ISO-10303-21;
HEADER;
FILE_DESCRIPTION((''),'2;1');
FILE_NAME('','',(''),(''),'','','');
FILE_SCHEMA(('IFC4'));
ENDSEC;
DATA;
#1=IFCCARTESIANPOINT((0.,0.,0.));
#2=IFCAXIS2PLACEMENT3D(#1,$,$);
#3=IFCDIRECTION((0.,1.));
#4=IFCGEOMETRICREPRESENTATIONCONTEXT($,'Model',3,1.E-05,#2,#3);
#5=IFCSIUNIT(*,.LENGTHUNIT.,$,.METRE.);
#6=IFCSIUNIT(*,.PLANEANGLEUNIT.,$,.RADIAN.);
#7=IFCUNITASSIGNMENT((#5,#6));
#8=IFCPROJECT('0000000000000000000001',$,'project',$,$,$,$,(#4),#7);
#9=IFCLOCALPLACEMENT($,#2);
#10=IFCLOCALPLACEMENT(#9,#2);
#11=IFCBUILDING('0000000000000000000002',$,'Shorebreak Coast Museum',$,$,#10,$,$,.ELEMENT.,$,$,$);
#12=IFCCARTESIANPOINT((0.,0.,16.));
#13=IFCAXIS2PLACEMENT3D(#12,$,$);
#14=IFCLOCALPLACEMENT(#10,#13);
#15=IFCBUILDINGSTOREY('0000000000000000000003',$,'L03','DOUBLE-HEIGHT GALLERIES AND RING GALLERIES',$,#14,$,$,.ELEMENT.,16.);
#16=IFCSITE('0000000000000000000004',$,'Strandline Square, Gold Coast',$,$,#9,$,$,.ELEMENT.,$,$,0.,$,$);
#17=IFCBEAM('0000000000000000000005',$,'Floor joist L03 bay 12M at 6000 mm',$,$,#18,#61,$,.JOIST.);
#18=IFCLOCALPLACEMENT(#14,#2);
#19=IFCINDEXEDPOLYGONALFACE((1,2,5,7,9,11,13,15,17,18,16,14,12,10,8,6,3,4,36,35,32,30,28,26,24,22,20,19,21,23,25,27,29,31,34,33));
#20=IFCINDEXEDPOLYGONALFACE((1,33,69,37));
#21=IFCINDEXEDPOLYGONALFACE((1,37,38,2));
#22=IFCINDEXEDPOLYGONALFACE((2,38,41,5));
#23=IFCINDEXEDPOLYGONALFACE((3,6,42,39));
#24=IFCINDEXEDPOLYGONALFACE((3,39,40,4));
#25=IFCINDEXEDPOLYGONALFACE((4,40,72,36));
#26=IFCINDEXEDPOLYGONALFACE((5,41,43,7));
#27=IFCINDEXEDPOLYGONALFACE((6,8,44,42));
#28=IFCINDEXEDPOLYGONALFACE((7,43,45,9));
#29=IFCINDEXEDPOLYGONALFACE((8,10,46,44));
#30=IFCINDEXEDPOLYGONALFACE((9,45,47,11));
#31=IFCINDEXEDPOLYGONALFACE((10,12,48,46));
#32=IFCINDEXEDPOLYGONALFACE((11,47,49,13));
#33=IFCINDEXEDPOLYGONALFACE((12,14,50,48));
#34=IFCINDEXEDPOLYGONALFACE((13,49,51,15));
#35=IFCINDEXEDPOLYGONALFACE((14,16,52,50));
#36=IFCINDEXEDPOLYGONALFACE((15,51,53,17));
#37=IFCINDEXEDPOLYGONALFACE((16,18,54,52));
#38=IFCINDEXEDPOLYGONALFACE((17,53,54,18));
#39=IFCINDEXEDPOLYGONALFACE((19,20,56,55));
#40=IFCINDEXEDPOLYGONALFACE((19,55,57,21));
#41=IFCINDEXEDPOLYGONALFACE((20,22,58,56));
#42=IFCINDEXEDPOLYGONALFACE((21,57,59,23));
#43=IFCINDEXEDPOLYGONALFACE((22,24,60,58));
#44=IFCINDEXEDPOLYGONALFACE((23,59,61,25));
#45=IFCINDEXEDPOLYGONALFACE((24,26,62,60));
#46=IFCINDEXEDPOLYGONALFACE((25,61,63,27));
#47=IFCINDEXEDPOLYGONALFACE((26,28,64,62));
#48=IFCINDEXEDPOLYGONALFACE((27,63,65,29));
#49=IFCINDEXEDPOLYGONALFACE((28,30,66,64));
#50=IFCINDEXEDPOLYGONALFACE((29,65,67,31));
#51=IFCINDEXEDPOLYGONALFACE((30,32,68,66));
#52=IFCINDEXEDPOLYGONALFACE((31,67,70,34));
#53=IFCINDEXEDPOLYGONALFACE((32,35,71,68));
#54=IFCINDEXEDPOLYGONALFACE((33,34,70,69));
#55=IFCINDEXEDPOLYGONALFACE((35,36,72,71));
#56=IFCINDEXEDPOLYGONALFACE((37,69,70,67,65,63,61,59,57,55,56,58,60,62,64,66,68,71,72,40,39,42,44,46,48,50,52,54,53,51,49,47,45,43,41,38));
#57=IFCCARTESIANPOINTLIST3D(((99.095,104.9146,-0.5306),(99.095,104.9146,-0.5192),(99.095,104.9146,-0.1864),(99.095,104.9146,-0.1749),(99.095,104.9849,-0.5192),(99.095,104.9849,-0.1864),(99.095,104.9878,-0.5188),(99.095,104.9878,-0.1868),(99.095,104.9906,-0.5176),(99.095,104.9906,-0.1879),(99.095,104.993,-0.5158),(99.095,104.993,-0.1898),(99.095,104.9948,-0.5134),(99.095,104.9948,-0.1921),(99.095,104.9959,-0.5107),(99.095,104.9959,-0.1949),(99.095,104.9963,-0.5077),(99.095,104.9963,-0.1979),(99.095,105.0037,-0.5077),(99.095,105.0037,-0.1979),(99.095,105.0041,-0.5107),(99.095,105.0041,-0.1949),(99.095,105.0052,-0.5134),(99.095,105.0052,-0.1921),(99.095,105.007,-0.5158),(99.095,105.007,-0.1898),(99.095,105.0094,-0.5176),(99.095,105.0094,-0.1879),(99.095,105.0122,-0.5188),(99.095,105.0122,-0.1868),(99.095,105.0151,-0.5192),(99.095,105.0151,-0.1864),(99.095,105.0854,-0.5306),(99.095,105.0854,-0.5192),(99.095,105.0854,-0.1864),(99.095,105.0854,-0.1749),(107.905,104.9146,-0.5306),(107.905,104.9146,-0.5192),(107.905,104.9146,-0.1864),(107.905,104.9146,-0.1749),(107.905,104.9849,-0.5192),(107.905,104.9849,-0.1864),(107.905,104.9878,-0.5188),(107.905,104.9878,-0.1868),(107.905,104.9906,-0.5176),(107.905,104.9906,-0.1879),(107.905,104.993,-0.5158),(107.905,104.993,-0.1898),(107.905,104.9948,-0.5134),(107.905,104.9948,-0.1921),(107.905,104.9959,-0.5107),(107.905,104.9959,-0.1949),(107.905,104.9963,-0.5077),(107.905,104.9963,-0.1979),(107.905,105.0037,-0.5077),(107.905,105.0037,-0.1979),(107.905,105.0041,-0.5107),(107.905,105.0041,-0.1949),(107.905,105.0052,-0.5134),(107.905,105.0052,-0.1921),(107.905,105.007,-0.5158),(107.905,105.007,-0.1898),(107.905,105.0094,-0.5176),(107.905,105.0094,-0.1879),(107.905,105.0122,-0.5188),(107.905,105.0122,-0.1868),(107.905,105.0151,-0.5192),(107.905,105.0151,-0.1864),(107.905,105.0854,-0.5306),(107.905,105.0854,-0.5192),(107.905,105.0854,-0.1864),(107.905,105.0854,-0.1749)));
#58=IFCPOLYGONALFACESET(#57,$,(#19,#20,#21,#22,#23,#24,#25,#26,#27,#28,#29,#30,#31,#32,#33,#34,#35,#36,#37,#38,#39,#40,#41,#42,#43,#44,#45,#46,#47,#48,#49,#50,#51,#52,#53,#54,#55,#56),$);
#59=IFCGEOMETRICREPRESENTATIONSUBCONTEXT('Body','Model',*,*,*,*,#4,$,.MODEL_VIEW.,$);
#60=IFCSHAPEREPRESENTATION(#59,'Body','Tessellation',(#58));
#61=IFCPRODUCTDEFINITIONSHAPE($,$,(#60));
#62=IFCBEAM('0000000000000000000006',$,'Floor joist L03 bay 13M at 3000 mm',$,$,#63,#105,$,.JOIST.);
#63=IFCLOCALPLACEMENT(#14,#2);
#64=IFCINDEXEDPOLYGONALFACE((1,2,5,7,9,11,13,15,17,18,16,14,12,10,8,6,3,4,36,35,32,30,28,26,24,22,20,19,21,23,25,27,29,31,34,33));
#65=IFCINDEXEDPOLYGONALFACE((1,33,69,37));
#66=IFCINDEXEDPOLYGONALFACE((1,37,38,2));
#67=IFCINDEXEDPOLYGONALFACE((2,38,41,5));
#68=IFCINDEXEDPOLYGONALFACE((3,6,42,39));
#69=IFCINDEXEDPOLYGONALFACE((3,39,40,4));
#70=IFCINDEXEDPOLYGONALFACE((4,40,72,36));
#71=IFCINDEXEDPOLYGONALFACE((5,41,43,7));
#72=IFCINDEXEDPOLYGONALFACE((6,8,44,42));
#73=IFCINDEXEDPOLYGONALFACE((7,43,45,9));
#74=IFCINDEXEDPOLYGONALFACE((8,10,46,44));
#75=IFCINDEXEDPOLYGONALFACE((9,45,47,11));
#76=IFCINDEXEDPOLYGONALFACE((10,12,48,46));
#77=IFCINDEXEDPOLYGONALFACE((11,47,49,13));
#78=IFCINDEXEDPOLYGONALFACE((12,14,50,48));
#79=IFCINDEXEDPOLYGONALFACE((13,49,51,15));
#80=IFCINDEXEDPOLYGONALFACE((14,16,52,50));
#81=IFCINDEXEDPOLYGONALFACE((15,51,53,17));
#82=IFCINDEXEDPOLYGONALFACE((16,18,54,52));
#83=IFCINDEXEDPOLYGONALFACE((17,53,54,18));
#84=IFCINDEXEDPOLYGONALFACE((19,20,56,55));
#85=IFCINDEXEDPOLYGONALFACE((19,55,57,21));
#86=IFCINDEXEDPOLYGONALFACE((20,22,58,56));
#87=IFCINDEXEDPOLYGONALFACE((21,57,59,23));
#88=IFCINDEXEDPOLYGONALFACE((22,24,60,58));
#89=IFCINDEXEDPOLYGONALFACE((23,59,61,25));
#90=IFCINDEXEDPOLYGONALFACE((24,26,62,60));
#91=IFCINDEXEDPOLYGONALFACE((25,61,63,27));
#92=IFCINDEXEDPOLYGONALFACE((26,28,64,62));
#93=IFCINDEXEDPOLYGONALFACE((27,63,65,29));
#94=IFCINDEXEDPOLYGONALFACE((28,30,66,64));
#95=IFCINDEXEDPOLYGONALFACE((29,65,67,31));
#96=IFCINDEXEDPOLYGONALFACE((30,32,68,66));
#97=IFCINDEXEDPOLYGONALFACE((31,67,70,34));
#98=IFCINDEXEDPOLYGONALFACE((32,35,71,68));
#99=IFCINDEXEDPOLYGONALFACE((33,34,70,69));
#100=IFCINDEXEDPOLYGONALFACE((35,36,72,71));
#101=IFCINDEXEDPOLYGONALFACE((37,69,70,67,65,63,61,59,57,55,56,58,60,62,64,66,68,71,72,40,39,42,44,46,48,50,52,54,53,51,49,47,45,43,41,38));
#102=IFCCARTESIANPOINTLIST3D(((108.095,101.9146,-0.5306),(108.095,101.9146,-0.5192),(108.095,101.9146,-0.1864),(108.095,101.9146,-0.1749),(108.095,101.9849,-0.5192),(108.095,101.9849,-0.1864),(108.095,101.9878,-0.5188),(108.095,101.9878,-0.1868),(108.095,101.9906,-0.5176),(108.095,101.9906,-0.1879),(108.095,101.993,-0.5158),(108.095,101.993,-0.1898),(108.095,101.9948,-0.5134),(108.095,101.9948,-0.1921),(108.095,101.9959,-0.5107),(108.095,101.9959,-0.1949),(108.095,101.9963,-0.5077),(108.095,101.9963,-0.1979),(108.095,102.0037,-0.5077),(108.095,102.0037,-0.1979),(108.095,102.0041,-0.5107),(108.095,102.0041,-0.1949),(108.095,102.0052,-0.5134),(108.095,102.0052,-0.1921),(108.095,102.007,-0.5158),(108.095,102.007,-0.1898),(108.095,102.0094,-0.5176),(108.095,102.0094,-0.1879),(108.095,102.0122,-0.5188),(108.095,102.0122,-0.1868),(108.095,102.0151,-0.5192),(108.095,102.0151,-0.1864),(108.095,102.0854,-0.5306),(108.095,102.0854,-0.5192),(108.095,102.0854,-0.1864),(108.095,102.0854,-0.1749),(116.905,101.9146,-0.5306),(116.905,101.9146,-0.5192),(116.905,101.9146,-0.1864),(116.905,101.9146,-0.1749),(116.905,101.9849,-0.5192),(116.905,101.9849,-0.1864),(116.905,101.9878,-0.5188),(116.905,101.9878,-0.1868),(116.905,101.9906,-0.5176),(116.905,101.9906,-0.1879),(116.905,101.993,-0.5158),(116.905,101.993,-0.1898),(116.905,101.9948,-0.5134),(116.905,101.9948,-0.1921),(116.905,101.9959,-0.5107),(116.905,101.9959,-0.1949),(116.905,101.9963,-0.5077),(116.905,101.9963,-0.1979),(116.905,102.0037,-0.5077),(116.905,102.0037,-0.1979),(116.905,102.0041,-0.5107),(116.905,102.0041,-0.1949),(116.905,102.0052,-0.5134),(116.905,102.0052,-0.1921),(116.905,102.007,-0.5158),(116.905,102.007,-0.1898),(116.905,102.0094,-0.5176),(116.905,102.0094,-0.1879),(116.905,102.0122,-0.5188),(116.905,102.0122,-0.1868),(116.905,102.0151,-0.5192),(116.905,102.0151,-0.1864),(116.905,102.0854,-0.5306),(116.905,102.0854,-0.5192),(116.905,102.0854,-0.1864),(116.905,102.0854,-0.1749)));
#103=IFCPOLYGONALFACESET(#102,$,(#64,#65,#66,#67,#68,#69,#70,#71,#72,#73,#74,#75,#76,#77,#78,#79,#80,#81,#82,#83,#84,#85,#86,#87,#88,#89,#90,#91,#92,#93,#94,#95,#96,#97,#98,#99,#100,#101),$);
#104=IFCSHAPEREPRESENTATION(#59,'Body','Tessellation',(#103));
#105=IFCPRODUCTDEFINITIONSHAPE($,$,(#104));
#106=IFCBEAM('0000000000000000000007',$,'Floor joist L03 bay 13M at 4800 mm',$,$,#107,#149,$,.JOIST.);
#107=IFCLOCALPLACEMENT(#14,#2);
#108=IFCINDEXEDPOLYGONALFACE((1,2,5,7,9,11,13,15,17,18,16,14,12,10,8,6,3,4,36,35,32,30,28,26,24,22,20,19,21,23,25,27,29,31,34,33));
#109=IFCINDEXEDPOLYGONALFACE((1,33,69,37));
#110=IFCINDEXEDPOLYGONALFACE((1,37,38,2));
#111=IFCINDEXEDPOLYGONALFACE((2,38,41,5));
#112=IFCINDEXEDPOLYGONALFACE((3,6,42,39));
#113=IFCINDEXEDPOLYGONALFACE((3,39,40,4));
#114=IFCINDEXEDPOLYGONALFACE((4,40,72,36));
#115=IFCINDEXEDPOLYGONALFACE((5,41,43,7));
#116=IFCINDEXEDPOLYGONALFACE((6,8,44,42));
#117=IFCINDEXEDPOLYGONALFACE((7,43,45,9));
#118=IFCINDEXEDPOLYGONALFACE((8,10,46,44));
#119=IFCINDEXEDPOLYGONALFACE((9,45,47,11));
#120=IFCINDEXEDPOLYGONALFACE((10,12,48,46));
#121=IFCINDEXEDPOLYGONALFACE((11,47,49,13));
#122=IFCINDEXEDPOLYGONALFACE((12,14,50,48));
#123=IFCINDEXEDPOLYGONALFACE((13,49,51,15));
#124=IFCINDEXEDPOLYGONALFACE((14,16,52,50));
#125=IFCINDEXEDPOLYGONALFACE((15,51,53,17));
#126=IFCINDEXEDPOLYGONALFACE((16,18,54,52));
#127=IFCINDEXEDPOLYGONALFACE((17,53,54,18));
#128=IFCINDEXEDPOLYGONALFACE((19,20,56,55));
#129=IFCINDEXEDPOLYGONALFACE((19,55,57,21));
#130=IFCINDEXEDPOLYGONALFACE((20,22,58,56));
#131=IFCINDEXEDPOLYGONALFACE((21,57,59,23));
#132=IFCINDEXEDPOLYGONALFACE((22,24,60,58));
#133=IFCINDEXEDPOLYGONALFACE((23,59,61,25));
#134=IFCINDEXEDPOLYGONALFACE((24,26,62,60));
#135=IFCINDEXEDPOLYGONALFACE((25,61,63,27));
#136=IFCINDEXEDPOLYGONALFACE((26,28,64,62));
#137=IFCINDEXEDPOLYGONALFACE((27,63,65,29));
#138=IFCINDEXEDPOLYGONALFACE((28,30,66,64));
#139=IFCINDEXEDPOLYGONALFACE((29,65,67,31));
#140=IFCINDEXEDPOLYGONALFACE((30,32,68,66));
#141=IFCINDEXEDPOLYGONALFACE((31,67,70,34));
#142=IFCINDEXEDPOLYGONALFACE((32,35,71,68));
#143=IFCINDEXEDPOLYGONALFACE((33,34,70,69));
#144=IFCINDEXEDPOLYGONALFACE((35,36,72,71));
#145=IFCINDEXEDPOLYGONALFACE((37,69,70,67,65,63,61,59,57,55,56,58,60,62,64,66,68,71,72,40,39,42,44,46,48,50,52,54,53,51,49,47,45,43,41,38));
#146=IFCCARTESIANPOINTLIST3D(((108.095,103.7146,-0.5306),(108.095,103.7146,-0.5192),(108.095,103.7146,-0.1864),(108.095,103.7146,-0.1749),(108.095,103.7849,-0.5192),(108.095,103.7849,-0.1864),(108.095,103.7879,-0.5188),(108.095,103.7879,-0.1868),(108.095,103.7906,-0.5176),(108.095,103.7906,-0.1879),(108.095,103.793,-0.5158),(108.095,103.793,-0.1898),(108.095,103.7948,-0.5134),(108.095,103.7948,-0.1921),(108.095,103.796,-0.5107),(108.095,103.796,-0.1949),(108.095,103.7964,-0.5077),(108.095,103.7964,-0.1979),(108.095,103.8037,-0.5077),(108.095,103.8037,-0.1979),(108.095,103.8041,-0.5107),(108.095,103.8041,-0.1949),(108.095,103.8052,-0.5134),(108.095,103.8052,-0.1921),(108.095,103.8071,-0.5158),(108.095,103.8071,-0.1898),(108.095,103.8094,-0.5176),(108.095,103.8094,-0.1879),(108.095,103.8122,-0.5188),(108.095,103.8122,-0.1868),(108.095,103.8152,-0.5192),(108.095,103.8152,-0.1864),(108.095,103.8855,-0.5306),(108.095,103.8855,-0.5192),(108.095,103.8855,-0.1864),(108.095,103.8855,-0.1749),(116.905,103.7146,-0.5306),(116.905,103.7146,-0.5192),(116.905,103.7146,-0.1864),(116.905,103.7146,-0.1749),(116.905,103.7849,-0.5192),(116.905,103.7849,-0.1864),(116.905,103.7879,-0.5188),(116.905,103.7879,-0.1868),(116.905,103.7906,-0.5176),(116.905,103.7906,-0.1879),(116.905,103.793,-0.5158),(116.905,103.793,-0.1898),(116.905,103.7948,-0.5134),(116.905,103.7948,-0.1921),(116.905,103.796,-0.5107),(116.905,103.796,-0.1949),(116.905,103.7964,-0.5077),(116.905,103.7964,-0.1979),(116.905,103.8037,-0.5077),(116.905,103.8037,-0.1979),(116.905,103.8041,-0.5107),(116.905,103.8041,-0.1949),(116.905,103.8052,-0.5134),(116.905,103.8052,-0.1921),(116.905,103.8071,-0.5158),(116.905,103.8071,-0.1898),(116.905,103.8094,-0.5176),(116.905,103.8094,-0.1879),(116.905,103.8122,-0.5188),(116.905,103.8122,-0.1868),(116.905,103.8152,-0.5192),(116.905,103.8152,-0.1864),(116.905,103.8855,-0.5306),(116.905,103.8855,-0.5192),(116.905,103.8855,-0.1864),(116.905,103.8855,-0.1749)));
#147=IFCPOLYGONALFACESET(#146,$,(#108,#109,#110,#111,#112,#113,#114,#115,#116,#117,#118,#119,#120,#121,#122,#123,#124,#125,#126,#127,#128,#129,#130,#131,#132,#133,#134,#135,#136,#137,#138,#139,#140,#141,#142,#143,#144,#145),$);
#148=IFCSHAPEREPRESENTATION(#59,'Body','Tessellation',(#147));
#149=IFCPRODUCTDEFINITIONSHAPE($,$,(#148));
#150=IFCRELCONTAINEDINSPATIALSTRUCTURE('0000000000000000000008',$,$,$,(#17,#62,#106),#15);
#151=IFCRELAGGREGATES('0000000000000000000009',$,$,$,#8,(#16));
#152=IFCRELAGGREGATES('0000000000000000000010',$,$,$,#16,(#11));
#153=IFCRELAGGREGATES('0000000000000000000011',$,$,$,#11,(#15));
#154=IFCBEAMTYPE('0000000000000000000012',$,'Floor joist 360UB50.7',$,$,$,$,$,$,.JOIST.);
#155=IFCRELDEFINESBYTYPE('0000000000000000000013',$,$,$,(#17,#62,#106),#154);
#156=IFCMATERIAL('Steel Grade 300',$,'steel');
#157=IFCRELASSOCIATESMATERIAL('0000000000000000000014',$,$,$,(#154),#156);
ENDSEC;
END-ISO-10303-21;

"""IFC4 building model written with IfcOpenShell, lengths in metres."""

from ifc_helpers import new_model, si_unit, direction, frame, origin, origin_2d, place, context, subcontext, project, spatial, i_section, extrude, material, material_profile, profile_set, type_object, element, save


model = new_model("IFC4")

# Units and contexts
model_context = context("Model", 3, precision=1e-05, world=origin(), true_north=direction((0.0, 1.0)))
body_context = subcontext(model_context, "Body", "Model", "MODEL_VIEW")
ifc_project = project(units=[si_unit("LENGTHUNIT", "METRE"), si_unit("PLANEANGLEUNIT", "RADIAN")], contexts=[model_context])

# Site, building, storey
site_placement = place(None, origin())
site = spatial("IfcSite", under=ifc_project, at=site_placement, Name="Strandline Square, Gold Coast", CompositionType="ELEMENT", RefElevation=0.0)
building_placement = place(site_placement, origin())
building = spatial("IfcBuilding", under=site, at=building_placement, Name="Shorebreak Coast Museum", CompositionType="ELEMENT")
storey_placement = place(building_placement, frame((0.0, 0.0, 16.0)))
storey = spatial("IfcBuildingStorey", under=building, at=storey_placement, Name="L03", Description="DOUBLE-HEIGHT GALLERIES AND RING GALLERIES", CompositionType="ELEMENT", Elevation=16.0)

# Beams
ifc_material_1 = material(Name="Steel Grade 300", Category="steel")
ifc_material_profile_1 = material_profile(ifc_material_1, i_section(OverallWidth=0.1709, OverallDepth=0.3557, WebThickness=0.0073, FlangeThickness=0.0115, FilletRadius=0.0115, at=origin_2d()), Name="360UB50.7")
ifc_profile_set_1 = profile_set([ifc_material_profile_1], Name="Steel Grade 300")
beam_type_1 = type_object("IfcBeamType", Name="Floor joist 360UB50.7", PredefinedType="JOIST", material=ifc_profile_set_1)
for number, where, z_axis, x_axis, name in (
    (1, (99.095, 105.0, -0.3528), (1.0, 0.0, 0.0), (0.0, 1.0, 0.0), "Floor joist L03 bay 12M at 6000 mm"),
    (2, (108.095, 102.0, -0.3528), (1.0, 0.0, 0.0), (0.0, 1.0, 0.0), "Floor joist L03 bay 13M at 3000 mm"),
    (3, (108.095, 103.8, -0.3528), (1.0, 0.0, 0.0), (0.0, 1.0, 0.0), "Floor joist L03 bay 13M at 4800 mm"),
):
    element("IfcBeam", number, at=place(storey_placement, frame(where, z_axis=z_axis, x_axis=x_axis)), inside=storey, type_object=beam_type_1, Name=name, PredefinedType="JOIST", context=body_context, shape_type="SweptSolid", body=[
        extrude(i_section(OverallWidth=0.1709, OverallDepth=0.3557, WebThickness=0.0073, FlangeThickness=0.0115, FilletRadius=0.0115, at=origin_2d()), origin(), (0.0, 0.0, 1.0), 8.8101),
    ])

save(model, "model.ifc")
